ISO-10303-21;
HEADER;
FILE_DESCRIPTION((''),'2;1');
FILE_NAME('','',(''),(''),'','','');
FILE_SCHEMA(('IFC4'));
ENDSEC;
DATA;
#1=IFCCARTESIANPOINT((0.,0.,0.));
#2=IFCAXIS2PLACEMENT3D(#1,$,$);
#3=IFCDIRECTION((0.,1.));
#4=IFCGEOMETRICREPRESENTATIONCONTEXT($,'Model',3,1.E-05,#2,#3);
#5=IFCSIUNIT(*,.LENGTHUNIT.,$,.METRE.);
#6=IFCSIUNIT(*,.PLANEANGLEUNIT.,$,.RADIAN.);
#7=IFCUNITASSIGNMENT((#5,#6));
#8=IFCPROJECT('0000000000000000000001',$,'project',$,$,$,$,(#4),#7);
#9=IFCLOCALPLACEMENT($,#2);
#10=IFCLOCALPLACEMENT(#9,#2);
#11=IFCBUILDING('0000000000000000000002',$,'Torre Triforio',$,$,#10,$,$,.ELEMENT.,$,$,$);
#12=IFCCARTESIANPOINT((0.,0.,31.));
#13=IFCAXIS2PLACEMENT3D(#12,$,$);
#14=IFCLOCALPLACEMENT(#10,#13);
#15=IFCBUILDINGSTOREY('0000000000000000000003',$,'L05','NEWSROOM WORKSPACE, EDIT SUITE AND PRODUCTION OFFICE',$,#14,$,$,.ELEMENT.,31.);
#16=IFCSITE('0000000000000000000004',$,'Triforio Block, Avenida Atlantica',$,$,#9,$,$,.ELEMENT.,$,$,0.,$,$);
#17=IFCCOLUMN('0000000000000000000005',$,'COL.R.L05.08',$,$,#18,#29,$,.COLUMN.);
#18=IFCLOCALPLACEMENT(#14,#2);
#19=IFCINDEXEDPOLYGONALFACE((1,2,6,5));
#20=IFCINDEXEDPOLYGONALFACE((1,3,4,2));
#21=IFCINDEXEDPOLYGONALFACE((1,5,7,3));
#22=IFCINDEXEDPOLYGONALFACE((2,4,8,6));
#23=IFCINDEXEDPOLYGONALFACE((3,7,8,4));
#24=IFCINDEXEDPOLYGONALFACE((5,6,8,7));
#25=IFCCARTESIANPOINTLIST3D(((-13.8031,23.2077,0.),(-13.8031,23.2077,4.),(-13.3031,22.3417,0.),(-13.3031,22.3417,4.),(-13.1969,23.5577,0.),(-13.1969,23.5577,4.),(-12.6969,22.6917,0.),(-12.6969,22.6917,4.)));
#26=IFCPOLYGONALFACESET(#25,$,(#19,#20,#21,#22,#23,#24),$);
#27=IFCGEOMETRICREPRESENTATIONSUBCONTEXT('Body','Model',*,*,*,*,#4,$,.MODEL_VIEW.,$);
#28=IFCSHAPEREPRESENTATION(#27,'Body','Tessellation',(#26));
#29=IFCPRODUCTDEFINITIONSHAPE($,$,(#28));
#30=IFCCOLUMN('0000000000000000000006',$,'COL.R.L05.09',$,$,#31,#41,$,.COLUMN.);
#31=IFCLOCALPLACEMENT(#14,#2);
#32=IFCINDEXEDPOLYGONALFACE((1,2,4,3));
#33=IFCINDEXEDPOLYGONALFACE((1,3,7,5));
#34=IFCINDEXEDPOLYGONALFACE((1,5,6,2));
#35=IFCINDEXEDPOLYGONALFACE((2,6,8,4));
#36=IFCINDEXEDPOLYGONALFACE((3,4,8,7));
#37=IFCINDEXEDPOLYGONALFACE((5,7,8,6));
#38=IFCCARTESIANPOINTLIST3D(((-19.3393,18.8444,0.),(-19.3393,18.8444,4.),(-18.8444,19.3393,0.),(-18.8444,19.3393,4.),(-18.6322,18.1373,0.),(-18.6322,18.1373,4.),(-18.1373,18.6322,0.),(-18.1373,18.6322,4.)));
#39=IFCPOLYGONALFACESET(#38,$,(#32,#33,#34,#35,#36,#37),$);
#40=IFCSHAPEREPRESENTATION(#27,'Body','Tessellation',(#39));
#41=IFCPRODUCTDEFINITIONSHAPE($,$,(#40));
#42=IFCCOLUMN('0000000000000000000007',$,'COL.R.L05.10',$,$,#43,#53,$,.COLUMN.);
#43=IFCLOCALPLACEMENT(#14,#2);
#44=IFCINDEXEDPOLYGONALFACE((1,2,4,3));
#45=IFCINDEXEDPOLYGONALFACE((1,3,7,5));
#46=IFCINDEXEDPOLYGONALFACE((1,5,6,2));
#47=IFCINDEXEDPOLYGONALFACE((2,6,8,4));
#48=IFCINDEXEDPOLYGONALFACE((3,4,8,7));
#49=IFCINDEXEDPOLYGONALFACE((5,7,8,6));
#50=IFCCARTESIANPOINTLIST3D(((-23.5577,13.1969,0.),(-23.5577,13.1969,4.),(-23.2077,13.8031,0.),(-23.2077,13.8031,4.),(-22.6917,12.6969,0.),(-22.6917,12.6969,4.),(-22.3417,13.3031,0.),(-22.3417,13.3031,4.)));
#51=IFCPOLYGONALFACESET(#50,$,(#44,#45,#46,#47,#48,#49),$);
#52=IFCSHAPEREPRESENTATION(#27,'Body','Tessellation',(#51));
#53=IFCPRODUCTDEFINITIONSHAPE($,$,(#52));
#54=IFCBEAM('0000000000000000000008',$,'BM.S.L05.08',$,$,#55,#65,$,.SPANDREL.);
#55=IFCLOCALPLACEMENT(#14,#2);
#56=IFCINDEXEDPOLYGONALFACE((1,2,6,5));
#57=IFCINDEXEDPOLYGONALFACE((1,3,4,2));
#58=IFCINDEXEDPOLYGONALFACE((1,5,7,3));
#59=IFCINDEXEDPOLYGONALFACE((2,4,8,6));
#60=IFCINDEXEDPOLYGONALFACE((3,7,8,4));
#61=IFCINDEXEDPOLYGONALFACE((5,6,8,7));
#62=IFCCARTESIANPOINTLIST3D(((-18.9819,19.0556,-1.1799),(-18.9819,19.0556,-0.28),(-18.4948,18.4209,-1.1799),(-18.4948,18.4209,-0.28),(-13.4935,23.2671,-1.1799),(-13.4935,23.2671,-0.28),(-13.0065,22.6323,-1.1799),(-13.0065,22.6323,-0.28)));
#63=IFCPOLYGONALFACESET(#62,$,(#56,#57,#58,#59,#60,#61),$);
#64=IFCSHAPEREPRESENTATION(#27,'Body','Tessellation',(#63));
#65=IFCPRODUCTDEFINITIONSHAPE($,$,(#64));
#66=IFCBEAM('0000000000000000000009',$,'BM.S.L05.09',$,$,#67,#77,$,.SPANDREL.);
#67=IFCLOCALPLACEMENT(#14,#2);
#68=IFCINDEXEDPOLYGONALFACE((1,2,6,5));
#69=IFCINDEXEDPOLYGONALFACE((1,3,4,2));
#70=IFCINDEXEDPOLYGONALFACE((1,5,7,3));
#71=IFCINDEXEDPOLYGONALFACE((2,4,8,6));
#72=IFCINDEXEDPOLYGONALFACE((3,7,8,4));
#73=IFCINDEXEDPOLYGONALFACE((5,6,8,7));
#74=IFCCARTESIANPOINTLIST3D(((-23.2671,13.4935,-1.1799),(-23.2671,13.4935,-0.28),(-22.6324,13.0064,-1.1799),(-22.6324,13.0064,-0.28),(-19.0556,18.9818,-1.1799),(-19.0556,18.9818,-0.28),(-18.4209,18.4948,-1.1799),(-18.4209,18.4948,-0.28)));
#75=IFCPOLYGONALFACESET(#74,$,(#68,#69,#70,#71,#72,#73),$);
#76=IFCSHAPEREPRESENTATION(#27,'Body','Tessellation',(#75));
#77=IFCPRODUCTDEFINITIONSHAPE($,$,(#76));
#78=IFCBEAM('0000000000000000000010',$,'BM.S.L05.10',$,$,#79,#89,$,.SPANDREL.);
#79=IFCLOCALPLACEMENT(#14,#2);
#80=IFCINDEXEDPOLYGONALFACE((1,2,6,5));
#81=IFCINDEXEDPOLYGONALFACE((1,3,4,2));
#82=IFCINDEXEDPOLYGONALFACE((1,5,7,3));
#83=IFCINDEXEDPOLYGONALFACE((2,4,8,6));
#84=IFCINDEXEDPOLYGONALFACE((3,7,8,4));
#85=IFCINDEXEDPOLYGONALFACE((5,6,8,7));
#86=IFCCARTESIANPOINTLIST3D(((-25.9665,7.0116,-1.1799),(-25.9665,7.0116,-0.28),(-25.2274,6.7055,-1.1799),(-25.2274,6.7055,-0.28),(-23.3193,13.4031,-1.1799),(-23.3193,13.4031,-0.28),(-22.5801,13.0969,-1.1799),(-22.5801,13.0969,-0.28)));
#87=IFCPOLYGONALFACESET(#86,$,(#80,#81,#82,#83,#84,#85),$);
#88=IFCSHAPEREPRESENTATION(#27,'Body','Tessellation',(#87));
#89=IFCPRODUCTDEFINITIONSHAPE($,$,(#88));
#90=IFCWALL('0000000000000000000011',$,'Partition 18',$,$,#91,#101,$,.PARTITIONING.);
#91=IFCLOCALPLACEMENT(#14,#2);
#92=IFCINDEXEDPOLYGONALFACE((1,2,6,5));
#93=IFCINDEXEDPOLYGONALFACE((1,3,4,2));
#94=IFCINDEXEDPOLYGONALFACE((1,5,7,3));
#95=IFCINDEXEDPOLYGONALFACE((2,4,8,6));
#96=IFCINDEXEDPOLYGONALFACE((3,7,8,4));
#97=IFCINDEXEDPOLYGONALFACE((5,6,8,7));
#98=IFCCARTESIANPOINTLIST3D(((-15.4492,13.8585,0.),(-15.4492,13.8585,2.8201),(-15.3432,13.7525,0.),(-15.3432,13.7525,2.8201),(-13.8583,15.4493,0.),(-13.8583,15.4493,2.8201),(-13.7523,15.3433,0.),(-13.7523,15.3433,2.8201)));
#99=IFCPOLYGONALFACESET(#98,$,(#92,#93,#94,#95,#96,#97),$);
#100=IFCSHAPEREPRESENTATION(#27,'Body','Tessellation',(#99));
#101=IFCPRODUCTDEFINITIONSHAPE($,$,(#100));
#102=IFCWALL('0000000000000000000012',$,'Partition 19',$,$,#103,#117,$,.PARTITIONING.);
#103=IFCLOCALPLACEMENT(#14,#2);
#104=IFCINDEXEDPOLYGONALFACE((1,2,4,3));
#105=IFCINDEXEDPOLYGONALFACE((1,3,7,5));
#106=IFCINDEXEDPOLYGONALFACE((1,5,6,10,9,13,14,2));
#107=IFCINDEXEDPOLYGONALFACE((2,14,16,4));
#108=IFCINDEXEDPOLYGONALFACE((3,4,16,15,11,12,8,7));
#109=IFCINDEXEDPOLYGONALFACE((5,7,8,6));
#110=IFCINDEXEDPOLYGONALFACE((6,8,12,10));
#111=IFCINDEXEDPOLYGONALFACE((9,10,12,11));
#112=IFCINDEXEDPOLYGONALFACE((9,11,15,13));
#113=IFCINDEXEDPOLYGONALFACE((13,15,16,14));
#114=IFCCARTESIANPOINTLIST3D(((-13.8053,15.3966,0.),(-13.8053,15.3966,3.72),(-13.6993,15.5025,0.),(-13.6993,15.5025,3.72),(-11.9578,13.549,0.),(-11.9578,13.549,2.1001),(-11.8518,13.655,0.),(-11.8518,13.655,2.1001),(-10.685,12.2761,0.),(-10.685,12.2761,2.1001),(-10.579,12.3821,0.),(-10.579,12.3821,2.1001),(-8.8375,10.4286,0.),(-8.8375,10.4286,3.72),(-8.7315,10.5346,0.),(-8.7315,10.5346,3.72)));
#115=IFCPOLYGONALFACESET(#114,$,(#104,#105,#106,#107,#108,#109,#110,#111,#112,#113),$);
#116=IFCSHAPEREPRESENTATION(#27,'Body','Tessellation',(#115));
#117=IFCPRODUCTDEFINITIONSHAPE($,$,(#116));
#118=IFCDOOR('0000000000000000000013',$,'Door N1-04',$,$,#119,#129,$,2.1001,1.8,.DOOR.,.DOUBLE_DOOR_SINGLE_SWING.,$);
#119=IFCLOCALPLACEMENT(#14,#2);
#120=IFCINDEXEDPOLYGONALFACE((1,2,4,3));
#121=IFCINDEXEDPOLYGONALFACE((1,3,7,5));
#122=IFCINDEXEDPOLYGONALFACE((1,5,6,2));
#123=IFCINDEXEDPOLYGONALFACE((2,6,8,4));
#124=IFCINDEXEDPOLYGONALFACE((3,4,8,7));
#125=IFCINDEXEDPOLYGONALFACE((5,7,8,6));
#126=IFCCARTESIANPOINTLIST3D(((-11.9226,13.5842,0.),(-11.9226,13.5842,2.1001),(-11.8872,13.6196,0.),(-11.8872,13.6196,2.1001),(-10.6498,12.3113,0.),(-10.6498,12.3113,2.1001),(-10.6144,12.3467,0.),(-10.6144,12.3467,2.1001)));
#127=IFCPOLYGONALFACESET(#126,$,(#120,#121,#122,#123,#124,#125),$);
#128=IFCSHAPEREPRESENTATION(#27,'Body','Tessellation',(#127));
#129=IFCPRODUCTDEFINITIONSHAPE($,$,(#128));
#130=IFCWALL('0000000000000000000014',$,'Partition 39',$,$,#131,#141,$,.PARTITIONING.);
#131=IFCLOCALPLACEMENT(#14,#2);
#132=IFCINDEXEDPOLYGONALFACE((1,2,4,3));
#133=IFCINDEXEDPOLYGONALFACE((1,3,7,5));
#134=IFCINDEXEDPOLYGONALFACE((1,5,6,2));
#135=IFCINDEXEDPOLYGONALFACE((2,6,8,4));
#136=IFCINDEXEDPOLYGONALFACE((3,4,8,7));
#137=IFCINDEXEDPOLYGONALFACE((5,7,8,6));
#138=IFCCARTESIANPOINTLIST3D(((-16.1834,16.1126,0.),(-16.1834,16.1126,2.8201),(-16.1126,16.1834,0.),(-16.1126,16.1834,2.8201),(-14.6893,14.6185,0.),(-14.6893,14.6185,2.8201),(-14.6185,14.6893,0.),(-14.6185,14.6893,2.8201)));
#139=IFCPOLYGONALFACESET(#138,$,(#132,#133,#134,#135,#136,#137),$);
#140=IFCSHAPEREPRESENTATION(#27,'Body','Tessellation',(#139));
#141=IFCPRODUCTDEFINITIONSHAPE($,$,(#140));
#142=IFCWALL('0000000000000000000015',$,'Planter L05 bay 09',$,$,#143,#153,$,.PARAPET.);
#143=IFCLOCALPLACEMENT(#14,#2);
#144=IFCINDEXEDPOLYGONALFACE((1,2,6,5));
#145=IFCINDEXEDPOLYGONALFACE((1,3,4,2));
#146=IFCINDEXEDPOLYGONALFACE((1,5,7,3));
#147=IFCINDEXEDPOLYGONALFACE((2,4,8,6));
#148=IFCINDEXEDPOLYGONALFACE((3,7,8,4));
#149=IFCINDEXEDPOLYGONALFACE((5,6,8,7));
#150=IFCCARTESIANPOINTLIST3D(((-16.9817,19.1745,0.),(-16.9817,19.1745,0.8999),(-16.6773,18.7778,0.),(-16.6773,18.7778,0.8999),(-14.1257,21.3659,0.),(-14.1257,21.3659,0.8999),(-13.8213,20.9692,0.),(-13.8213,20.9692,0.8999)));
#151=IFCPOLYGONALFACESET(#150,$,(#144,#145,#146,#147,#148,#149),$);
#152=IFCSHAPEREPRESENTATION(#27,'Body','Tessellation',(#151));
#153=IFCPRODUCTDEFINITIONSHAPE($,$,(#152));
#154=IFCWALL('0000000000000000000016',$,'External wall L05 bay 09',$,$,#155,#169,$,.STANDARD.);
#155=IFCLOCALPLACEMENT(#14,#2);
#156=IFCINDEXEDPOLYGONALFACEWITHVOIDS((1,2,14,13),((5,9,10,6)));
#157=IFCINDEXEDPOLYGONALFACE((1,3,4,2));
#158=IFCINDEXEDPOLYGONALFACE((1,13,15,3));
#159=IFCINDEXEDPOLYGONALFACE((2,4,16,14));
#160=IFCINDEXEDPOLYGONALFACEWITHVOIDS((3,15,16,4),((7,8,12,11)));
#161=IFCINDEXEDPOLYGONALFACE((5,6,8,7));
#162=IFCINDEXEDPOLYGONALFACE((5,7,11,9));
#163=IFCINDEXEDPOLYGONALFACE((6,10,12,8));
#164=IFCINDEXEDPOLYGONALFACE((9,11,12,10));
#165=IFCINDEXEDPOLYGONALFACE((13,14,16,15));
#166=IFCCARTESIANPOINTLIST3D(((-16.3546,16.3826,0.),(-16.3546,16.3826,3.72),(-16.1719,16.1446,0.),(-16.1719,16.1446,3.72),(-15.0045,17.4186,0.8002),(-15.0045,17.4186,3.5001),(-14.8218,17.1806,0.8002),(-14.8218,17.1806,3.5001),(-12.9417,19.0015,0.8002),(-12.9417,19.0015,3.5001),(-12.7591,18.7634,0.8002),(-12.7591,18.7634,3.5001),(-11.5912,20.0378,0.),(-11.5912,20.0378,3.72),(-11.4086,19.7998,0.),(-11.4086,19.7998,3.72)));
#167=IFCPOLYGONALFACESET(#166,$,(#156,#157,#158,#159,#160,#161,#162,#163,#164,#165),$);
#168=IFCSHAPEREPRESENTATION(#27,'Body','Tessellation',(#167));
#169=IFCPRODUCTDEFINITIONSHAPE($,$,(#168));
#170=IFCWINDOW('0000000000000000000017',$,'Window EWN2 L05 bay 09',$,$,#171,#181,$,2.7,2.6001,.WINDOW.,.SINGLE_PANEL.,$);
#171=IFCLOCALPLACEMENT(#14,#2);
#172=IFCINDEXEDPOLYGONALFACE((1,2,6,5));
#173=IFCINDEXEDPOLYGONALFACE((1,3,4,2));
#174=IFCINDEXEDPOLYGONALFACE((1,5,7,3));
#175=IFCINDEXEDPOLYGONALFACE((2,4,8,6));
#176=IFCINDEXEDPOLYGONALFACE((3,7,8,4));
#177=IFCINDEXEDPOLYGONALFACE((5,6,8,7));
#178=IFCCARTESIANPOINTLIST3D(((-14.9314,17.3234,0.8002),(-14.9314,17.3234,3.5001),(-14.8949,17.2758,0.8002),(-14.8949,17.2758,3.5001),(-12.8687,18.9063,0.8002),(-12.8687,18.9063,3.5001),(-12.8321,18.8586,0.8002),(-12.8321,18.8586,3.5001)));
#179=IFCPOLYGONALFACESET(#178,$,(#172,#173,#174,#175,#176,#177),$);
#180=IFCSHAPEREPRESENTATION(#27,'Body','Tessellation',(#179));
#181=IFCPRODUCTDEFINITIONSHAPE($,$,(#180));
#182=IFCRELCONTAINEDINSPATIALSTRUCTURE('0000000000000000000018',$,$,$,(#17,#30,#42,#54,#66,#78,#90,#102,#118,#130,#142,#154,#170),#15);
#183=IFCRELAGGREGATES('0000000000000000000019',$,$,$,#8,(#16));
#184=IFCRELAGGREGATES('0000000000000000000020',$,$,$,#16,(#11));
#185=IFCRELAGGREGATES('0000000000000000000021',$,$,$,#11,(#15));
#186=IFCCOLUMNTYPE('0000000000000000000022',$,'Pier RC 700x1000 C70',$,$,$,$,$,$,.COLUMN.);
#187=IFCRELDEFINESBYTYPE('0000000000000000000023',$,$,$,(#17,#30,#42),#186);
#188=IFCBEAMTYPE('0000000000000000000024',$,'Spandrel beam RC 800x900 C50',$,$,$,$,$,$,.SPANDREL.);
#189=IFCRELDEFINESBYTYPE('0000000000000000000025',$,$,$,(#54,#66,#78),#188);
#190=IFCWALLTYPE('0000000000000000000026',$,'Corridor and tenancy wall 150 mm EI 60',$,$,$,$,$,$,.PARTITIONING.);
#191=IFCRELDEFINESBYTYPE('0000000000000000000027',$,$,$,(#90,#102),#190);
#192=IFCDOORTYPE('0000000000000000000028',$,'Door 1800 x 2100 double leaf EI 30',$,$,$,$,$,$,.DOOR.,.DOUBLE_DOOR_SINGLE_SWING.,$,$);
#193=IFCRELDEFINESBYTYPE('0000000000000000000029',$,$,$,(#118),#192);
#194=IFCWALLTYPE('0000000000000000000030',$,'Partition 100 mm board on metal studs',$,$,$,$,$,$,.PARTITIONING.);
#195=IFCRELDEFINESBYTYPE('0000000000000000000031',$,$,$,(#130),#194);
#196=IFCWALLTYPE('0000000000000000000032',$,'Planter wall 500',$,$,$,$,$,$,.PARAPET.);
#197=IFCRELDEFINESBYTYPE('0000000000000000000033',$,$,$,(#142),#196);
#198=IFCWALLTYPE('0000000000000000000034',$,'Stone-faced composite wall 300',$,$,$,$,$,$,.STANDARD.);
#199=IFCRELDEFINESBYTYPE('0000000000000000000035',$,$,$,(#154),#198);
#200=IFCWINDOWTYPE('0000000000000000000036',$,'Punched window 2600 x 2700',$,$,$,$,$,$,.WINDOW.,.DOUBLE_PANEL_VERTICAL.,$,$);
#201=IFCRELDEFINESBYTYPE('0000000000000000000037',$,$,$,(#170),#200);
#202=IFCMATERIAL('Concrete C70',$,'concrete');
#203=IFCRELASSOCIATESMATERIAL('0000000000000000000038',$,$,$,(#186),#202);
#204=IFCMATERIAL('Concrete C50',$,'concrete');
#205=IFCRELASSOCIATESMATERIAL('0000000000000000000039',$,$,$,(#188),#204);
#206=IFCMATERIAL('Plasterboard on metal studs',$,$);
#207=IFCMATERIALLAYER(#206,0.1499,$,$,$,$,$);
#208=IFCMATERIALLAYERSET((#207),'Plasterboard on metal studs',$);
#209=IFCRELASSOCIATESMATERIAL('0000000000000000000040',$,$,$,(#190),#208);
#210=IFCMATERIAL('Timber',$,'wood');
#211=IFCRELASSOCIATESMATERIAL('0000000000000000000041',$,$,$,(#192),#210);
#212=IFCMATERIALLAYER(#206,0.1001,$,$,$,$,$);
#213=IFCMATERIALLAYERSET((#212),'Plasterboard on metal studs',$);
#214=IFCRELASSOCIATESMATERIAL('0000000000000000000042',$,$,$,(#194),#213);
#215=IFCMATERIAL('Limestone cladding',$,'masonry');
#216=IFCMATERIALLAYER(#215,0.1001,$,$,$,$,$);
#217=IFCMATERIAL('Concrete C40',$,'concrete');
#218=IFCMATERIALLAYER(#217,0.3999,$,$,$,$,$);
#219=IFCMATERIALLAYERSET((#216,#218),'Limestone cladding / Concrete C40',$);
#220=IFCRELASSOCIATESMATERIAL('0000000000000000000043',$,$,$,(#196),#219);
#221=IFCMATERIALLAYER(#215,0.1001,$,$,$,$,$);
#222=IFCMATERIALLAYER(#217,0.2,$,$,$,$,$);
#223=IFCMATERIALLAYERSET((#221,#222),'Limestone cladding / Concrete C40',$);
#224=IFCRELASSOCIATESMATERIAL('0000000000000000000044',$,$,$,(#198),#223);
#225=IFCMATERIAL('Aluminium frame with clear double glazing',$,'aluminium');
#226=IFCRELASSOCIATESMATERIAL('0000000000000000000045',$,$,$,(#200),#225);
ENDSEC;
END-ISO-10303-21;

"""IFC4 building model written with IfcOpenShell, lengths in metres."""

from ifc_helpers import new_model, si_unit, direction, frame, frame_2d, origin, origin_2d, place, context, subcontext, project, spatial, rectangle, extrude, material, layer, layer_set, material_profile, profile_set, type_object, element, fill, save


model = new_model("IFC4")

# Units and contexts
model_context = context("Model", 3, precision=1e-05, world=origin(), true_north=direction((0.0, 1.0)))
body_context = subcontext(model_context, "Body", "Model", "MODEL_VIEW")
ifc_project = project(units=[si_unit("LENGTHUNIT", "METRE"), si_unit("PLANEANGLEUNIT", "RADIAN")], contexts=[model_context])

# Site, building, storey
site_placement = place(None, origin())
site = spatial("IfcSite", under=ifc_project, at=site_placement, Name="Triforio Block, Avenida Atlantica", CompositionType="ELEMENT", RefElevation=0.0)
building_placement = place(site_placement, origin())
building = spatial("IfcBuilding", under=site, at=building_placement, Name="Torre Triforio", CompositionType="ELEMENT")
storey_placement = place(building_placement, frame((0.0, 0.0, 31.0)))
storey = spatial("IfcBuildingStorey", under=building, at=storey_placement, Name="L05", Description="NEWSROOM WORKSPACE, EDIT SUITE AND PRODUCTION OFFICE", CompositionType="ELEMENT", Elevation=31.0)

# Columns
ifc_material_1 = material(Name="Concrete C70", Category="concrete")
ifc_material_profile_1 = material_profile(ifc_material_1, rectangle(XDim=0.7, YDim=1.0, at=origin_2d()), Name="RC 700x1000")
ifc_profile_set_1 = profile_set([ifc_material_profile_1], Name="Concrete C70")
column_type = type_object("IfcColumnType", Name="Pier RC 700x1000 C70", PredefinedType="COLUMN", material=ifc_profile_set_1)
for number, where, z_axis, x_axis, name in (
    (1, (-13.25, 22.9497, 0.0), (0.0, 0.0, 1.0), (-0.866025, -0.5, 0.0), "COL.R.L05.08"),
    (2, (-18.7383, 18.7383, 0.0), (0.0, 0.0, 1.0), (-0.707107, -0.707107, 0.0), "COL.R.L05.09"),
    (3, (-22.9497, 13.25, 0.0), (0.0, 0.0, 1.0), (-0.5, -0.866025, 0.0), "COL.R.L05.10"),
):
    element("IfcColumn", number, at=place(storey_placement, frame(where, z_axis=z_axis, x_axis=x_axis)), inside=storey, type_object=column_type, Name=name, PredefinedType="COLUMN", context=body_context, shape_type="SweptSolid", body=[
        extrude(rectangle(XDim=0.7, YDim=1.0, at=origin_2d()), origin(), (0.0, 0.0, 1.0), 4.0),
    ])

# Beams
ifc_material_2 = material(Name="Concrete C50", Category="concrete")
ifc_material_profile_2 = material_profile(ifc_material_2, rectangle(XDim=0.8, YDim=0.8999, at=origin_2d()), Name="RC 800x900")
ifc_profile_set_2 = profile_set([ifc_material_profile_2], Name="Concrete C50")
beam_type = type_object("IfcBeamType", Name="Spandrel beam RC 800x900 C50", PredefinedType="SPANDREL", material=ifc_profile_set_2)
for number, where, z_axis, x_axis, name in (
    (4, (-13.25, 22.9497, -0.73), (-0.793345, -0.608772, 0.0), (0.608772, -0.793345, 0.0), "BM.S.L05.08"),
    (5, (-18.7383, 18.7383, -0.73), (-0.608772, -0.793345, 0.0), (0.793345, -0.608772, 0.0), "BM.S.L05.09"),
    (6, (-22.9497, 13.25, -0.73), (-0.382662, -0.923888, 0.0), (0.923888, -0.382662, 0.0), "BM.S.L05.10"),
):
    element("IfcBeam", number, at=place(storey_placement, frame(where, z_axis=z_axis, x_axis=x_axis)), inside=storey, type_object=beam_type, Name=name, PredefinedType="SPANDREL", context=body_context, shape_type="SweptSolid", body=[
        extrude(rectangle(XDim=0.8, YDim=0.8999, at=origin_2d()), origin(), (0.0, 0.0, 1.0), 6.918),
    ])

# Wall
ifc_material_3 = material(Name="Plasterboard on metal studs")
ifc_layer_1 = layer(ifc_material_3, 0.1499)
ifc_layer_set_1 = layer_set([ifc_layer_1], Name="Plasterboard on metal studs")
wall_type_1 = type_object("IfcWallType", Name="Corridor and tenancy wall 150 mm EI 60", PredefinedType="PARTITIONING", material=ifc_layer_set_1)
wall_1_placement = place(storey_placement, frame((-15.3962, 13.8054, 0.0), z_axis=(0.0, 0.0, 1.0), x_axis=(0.707107, 0.707107, 0.0)))
element("IfcWall", 7, at=wall_1_placement, inside=storey, type_object=wall_type_1, Name="Partition 18", PredefinedType="PARTITIONING", context=body_context, shape_type="SweptSolid", body=[
    extrude(rectangle(XDim=2.2498, YDim=0.1499, at=frame_2d((1.125, 0.0))), origin(), (0.0, 0.0, 1.0), 2.8201),
])

# Wall, opening, door
wall_2_placement = place(storey_placement, frame((-13.7522, 15.4495, 0.0), z_axis=(0.0, 0.0, 1.0), x_axis=(0.707089, -0.707124, 0.0)))
wall_2 = element("IfcWall", 8, at=wall_2_placement, inside=storey, type_object=wall_type_1, Name="Partition 19", PredefinedType="PARTITIONING", context=body_context, shape_type="SweptSolid", body=[
    extrude(rectangle(XDim=7.0256, YDim=0.1499, at=frame_2d((3.5127, 0.0))), origin(), (0.0, 0.0, 1.0), 3.72),
])
opening_1_placement = place(wall_2_placement, frame((2.6128, 0.0, 0.0)))
opening_1 = element("IfcOpeningElement", 9, at=opening_1_placement, cuts=wall_2, PredefinedType="OPENING", context=body_context, shape_type="SweptSolid", body=[
    extrude(rectangle(XDim=1.8, YDim=2.1001, at=frame_2d((0.8999, 1.05))), frame((0.0, 0.085, 0.0), z_axis=(0.0, -1.0, 0.0), x_axis=(1.0, 0.0, 0.0)), (0.0, 0.0, 1.0), 0.1699),
])
ifc_material_4 = material(Name="Timber", Category="wood")
door_type_1 = type_object("IfcDoorType", Name="Door 1800 x 2100 double leaf EI 30", OperationType="DOUBLE_DOOR_SINGLE_SWING", PredefinedType="DOOR", material=ifc_material_4)
door_1_placement = place(opening_1_placement, origin())
door_1 = element("IfcDoor", 10, at=door_1_placement, inside=storey, type_object=door_type_1, Name="Door N1-04", OperationType="DOUBLE_DOOR_SINGLE_SWING", OverallHeight=2.1001, OverallWidth=1.8, PredefinedType="DOOR", context=body_context, shape_type="SweptSolid", body=[
    extrude(rectangle(XDim=1.8, YDim=2.1001, at=frame_2d((0.8999, 1.05))), frame((0.0, 0.0249, 0.0), z_axis=(0.0, -1.0, 0.0), x_axis=(1.0, 0.0, 0.0)), (0.0, 0.0, 1.0), 0.05),
])
fill(opening_1, door_1)

# Walls
ifc_layer_2 = layer(ifc_material_3, 0.1001)
ifc_layer_set_2 = layer_set([ifc_layer_2], Name="Plasterboard on metal studs")
wall_type_2 = type_object("IfcWallType", Name="Partition 100 mm board on metal studs", PredefinedType="PARTITIONING", material=ifc_layer_set_2)
wall_3_placement = place(storey_placement, frame((-14.6538, 14.6538, 0.0), z_axis=(0.0, 0.0, 1.0), x_axis=(-0.707107, 0.707107, 0.0)))
element("IfcWall", 11, at=wall_3_placement, inside=storey, type_object=wall_type_2, Name="Partition 39", PredefinedType="PARTITIONING", context=body_context, shape_type="SweptSolid", body=[
    extrude(rectangle(XDim=2.113, YDim=0.1001, at=frame_2d((1.0566, 0.0))), origin(), (0.0, 0.0, 1.0), 2.8201),
])
ifc_material_5 = material(Name="Limestone cladding", Category="masonry")
ifc_layer_3 = layer(ifc_material_5, 0.1001)
ifc_material_6 = material(Name="Concrete C40", Category="concrete")
ifc_layer_4 = layer(ifc_material_6, 0.3999)
ifc_layer_set_3 = layer_set([ifc_layer_3, ifc_layer_4], Name="Limestone cladding / Concrete C40")
wall_type_3 = type_object("IfcWallType", Name="Planter wall 500", PredefinedType="PARAPET", material=ifc_layer_set_3)
wall_4_placement = place(storey_placement, frame((-13.9736, 21.1675, 0.0), z_axis=(0.0, 0.0, 1.0), x_axis=(-0.79336, -0.608753, 0.0)))
element("IfcWall", 12, at=wall_4_placement, inside=storey, type_object=wall_type_3, Name="Planter L05 bay 09", PredefinedType="PARAPET", context=body_context, shape_type="SweptSolid", body=[
    extrude(rectangle(XDim=3.5999, YDim=0.5, at=frame_2d((1.7998, 0.0))), origin(), (0.0, 0.0, 1.0), 0.8999),
])

# Wall, opening, window
ifc_layer_5 = layer(ifc_material_5, 0.1001)
ifc_layer_6 = layer(ifc_material_6, 0.2)
ifc_layer_set_4 = layer_set([ifc_layer_5, ifc_layer_6], Name="Limestone cladding / Concrete C40")
wall_type_4 = type_object("IfcWallType", Name="Stone-faced composite wall 300", PredefinedType="STANDARD", material=ifc_layer_set_4)
wall_5_placement = place(storey_placement, frame((-11.5, 19.9187, 0.0), z_axis=(0.0, 0.0, 1.0), x_axis=(-0.79334, -0.608779, 0.0)))
wall_5 = element("IfcWall", 13, at=wall_5_placement, inside=storey, type_object=wall_type_4, Name="External wall L05 bay 09", PredefinedType="STANDARD", context=body_context, shape_type="SweptSolid", body=[
    extrude(rectangle(XDim=6.0042, YDim=0.3, at=frame_2d((3.002, 0.0))), origin(), (0.0, 0.0, 1.0), 3.72),
])
opening_2_placement = place(wall_5_placement, frame((1.7021, 0.0, 0.8)))
opening_2 = element("IfcOpeningElement", 14, at=opening_2_placement, cuts=wall_5, PredefinedType="OPENING", context=body_context, shape_type="SweptSolid", body=[
    extrude(rectangle(XDim=2.6001, YDim=2.7, at=frame_2d((1.3, 1.3501))), frame((0.0, 0.1599, 0.0), z_axis=(0.0, -1.0, 0.0), x_axis=(1.0, 0.0, 0.0)), (0.0, 0.0, 1.0), 0.3201),
])
ifc_material_7 = material(Name="Aluminium frame with clear double glazing", Category="aluminium")
window_type_1 = type_object("IfcWindowType", Name="Punched window 2600 x 2700", PartitioningType="DOUBLE_PANEL_VERTICAL", PredefinedType="WINDOW", material=ifc_material_7)
window_1_placement = place(opening_2_placement, origin())
window_1 = element("IfcWindow", 15, at=window_1_placement, inside=storey, type_object=window_type_1, Name="Window EWN2 L05 bay 09", OverallHeight=2.7, OverallWidth=2.6001, PartitioningType="SINGLE_PANEL", PredefinedType="WINDOW", context=body_context, shape_type="SweptSolid", body=[
    extrude(rectangle(XDim=2.6001, YDim=2.7, at=frame_2d((1.3, 1.3501))), frame((0.0, 0.03, 0.0), z_axis=(0.0, -1.0, 0.0), x_axis=(1.0, 0.0, 0.0)), (0.0, 0.0, 1.0), 0.0601),
])
fill(opening_2, window_1)

save(model, "model.ifc")
